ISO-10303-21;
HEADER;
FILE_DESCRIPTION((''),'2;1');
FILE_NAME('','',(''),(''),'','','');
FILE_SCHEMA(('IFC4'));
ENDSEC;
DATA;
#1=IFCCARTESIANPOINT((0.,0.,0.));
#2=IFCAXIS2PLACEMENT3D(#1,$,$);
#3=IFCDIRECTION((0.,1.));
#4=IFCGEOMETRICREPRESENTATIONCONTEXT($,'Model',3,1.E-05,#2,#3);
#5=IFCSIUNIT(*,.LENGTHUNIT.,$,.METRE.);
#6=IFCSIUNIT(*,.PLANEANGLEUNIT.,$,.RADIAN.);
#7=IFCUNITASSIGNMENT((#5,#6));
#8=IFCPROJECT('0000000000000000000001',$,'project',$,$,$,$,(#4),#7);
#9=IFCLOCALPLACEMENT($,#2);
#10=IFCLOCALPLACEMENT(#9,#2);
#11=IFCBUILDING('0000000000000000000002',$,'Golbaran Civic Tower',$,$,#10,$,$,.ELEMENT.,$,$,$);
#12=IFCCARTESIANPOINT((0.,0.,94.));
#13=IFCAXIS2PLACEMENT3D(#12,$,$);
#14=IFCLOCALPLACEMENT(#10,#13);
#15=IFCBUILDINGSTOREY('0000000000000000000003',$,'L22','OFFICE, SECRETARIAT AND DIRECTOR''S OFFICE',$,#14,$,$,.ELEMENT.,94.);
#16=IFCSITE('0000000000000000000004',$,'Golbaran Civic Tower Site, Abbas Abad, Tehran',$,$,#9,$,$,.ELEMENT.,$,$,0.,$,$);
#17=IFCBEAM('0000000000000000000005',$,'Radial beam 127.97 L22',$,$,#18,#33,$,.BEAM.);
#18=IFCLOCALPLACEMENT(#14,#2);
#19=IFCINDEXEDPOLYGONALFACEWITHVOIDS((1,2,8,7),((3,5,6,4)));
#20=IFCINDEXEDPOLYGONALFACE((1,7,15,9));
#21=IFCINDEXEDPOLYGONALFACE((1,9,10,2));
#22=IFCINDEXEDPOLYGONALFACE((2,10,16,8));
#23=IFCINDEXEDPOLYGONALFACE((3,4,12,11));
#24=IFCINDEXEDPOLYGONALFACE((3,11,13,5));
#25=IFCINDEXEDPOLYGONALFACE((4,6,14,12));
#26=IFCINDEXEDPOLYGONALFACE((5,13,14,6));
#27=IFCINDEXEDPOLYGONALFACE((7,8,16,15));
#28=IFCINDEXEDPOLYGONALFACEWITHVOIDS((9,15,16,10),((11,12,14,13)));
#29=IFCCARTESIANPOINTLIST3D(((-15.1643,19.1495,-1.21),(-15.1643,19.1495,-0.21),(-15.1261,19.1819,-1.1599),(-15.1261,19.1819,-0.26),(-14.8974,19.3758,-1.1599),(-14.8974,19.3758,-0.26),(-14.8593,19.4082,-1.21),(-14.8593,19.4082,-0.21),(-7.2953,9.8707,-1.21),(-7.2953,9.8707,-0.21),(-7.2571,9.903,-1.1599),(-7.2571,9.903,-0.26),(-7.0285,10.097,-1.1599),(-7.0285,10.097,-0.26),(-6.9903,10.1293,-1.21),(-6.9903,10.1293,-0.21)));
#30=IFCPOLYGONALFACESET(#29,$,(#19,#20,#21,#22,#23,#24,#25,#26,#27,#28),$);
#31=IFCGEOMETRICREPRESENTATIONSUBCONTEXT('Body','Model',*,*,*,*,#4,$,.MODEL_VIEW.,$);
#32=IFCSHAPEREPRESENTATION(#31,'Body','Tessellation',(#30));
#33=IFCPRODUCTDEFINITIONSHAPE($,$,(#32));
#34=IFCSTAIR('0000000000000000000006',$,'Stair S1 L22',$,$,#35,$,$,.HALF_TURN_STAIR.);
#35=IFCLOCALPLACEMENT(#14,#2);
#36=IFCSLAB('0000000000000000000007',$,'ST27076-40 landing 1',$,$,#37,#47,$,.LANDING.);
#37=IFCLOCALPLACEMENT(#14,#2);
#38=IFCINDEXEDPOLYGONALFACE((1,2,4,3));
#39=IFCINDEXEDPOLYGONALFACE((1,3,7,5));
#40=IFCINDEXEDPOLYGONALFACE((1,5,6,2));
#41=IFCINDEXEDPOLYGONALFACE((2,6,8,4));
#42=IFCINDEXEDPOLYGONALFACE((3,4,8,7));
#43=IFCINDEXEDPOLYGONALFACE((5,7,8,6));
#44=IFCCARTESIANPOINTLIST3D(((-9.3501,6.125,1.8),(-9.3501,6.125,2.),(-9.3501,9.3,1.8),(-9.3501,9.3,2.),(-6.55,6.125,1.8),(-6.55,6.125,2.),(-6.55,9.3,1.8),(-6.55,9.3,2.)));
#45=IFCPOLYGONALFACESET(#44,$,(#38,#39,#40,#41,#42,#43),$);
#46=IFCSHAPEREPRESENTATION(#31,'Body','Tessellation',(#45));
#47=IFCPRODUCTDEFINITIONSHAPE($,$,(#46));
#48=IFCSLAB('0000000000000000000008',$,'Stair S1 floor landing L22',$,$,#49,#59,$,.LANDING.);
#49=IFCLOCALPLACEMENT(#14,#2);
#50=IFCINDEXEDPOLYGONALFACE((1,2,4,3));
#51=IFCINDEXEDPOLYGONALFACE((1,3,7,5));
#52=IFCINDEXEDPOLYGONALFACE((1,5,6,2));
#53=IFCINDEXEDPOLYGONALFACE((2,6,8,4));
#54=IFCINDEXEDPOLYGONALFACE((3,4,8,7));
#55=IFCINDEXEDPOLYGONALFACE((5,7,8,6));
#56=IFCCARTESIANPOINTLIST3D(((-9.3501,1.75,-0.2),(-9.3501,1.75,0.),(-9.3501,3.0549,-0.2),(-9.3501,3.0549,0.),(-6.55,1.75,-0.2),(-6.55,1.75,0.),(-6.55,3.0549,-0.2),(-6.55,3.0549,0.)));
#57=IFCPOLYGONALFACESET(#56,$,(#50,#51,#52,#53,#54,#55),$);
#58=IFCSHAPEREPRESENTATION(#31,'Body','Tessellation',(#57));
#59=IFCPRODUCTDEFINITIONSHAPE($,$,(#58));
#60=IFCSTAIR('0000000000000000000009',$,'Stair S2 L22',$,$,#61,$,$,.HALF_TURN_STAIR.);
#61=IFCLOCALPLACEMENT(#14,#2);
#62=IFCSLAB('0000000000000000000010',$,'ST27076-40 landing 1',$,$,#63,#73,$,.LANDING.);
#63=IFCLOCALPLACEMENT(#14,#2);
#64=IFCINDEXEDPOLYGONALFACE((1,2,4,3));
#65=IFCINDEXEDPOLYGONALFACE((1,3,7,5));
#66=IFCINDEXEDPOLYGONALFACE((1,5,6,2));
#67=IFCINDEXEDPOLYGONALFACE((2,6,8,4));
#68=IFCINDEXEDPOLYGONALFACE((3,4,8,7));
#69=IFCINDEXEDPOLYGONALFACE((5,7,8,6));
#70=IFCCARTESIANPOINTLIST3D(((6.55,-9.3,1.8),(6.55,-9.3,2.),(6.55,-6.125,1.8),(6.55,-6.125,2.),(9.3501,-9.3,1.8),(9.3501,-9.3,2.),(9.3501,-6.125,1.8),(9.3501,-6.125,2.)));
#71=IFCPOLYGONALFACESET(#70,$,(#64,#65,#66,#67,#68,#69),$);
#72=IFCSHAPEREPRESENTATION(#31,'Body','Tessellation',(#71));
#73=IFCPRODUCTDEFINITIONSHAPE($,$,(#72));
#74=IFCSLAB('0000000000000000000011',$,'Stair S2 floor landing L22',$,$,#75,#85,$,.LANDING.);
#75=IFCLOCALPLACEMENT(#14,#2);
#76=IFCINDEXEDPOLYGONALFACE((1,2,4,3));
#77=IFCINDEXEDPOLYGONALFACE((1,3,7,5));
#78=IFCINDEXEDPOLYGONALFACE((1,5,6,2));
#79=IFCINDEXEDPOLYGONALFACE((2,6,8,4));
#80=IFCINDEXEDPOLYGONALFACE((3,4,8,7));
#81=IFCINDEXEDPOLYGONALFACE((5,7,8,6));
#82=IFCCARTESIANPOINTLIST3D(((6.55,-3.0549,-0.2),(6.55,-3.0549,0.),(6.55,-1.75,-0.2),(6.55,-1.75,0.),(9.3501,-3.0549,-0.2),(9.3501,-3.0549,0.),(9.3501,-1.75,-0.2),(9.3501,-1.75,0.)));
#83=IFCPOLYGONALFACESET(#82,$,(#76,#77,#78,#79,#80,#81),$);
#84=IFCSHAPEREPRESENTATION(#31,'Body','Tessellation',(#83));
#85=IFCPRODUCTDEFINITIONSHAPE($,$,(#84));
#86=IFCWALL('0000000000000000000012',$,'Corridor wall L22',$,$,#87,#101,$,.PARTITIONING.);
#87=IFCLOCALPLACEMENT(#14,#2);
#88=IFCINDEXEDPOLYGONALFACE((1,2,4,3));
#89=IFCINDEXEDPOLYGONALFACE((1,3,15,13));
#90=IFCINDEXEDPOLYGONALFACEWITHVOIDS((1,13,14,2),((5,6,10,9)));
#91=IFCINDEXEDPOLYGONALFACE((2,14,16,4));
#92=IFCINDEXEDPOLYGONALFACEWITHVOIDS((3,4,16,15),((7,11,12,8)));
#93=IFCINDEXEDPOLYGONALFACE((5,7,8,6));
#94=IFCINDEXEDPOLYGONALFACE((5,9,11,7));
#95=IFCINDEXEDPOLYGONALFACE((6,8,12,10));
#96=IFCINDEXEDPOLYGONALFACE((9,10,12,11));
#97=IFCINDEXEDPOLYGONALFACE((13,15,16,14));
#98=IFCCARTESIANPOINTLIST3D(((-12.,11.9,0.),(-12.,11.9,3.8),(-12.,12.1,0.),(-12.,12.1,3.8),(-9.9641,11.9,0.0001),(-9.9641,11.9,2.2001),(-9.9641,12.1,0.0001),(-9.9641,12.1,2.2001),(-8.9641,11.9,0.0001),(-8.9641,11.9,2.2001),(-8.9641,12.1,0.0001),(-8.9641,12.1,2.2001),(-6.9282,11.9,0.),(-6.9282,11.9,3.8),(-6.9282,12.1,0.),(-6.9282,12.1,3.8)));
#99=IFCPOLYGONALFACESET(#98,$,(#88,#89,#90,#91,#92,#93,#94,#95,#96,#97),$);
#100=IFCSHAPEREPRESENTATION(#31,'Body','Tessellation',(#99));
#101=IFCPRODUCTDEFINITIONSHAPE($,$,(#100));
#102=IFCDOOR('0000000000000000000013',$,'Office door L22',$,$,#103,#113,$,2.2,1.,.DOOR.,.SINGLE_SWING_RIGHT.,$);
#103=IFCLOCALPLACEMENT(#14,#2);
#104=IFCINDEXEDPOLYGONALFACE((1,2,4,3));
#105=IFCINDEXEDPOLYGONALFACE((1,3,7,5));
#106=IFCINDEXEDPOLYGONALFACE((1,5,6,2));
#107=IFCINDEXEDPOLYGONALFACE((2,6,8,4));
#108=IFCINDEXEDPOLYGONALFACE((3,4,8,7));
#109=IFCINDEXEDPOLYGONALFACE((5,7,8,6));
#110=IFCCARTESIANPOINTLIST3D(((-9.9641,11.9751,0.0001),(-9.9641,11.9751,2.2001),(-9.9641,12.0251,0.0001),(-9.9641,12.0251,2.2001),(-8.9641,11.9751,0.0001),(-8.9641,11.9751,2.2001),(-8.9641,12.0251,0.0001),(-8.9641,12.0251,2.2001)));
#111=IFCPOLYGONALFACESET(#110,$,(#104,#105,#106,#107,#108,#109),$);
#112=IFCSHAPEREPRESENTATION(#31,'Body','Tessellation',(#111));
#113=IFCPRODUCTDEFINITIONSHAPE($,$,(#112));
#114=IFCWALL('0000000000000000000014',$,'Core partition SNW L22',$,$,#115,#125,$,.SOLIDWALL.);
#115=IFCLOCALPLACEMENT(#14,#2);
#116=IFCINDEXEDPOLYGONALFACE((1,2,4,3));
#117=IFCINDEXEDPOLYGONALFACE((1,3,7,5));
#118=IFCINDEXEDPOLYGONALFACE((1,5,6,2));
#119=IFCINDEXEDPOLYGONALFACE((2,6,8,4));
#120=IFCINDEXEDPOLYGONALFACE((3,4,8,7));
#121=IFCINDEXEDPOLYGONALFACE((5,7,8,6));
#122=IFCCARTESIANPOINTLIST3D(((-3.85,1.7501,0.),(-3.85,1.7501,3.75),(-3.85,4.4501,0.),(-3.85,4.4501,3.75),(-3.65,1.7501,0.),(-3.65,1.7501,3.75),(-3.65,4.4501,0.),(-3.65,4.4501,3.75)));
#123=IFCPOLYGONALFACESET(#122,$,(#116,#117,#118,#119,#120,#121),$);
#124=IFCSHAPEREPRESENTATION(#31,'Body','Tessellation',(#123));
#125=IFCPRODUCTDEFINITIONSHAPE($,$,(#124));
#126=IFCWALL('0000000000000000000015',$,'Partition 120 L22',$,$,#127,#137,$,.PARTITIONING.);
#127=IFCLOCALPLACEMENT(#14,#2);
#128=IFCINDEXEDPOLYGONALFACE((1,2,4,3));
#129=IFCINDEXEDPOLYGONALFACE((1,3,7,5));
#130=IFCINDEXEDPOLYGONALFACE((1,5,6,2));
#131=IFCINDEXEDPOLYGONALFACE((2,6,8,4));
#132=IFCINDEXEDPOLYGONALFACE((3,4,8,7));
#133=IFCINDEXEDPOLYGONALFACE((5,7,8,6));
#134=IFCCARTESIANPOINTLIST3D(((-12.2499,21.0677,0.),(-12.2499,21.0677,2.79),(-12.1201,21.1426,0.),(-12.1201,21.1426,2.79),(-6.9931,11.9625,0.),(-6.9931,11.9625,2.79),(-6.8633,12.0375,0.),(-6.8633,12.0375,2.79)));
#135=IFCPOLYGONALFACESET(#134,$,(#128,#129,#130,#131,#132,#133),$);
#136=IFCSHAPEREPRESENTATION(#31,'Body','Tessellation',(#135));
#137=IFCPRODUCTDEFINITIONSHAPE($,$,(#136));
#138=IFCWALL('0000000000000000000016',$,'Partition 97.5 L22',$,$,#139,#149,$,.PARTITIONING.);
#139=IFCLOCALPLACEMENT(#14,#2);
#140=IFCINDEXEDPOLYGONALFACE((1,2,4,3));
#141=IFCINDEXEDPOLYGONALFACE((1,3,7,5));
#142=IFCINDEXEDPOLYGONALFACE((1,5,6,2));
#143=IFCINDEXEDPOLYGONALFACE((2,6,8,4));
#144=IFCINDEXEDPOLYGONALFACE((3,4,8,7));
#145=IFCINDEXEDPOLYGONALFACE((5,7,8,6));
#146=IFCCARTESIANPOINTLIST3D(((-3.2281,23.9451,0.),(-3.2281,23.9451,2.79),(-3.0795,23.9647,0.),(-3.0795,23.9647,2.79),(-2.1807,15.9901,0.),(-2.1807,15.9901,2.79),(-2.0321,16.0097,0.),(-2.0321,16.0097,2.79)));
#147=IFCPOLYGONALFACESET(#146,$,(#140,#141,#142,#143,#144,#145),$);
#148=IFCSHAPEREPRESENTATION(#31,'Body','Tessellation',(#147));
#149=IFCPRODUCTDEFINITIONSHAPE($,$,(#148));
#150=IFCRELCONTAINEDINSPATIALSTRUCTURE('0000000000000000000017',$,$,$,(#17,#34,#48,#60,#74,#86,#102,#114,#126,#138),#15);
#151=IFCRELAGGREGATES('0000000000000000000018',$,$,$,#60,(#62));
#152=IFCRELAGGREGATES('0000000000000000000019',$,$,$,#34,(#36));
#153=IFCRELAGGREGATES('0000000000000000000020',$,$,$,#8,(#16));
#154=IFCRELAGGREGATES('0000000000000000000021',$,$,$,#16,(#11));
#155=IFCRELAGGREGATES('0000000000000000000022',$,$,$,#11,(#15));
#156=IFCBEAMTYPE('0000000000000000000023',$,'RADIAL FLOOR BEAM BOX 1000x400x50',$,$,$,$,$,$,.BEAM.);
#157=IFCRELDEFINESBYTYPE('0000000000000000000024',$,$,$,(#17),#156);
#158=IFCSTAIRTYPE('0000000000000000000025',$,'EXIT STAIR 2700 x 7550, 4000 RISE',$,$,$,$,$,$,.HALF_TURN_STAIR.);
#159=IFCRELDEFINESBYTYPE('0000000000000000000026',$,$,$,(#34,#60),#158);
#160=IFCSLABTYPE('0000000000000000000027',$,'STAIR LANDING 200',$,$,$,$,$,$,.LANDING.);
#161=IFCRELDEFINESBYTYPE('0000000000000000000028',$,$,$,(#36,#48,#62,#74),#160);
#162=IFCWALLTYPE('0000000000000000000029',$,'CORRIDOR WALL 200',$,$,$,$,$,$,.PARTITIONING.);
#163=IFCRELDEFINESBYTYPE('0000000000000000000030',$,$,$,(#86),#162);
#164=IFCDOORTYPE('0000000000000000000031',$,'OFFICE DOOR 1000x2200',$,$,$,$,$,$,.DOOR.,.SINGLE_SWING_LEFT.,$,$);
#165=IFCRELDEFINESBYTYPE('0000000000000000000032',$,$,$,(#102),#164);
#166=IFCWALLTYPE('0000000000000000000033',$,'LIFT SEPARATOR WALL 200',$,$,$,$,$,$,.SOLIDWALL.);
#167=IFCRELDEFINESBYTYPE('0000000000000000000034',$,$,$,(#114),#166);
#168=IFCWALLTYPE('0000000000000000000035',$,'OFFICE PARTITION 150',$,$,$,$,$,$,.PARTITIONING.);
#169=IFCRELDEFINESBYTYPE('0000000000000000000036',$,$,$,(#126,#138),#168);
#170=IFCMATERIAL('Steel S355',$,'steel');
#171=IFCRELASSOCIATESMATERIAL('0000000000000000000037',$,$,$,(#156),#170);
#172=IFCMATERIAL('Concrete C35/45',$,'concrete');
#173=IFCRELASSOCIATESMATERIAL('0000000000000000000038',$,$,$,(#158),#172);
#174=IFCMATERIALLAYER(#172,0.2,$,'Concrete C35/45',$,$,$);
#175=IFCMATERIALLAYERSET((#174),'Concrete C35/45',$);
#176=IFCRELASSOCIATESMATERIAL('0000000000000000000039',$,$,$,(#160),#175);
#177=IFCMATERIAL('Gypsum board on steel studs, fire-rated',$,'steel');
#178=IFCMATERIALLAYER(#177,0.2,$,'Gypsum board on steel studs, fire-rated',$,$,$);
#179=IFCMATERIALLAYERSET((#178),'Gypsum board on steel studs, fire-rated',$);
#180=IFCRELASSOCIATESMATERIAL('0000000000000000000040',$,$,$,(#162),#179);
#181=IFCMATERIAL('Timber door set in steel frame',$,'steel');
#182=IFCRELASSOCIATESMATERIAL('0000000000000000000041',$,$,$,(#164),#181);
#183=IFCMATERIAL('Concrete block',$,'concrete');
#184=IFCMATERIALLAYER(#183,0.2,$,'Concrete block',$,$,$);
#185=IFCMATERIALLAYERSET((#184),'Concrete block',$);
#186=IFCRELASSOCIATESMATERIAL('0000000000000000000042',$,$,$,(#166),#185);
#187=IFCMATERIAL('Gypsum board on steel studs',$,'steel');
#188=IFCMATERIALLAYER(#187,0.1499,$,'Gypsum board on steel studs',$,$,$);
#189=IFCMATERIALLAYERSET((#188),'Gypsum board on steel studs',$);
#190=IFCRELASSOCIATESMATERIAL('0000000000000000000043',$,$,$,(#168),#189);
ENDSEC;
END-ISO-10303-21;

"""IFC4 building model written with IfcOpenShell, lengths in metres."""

from ifc_helpers import new_model, si_unit, direction, frame, frame_2d, origin, origin_2d, place, context, subcontext, project, spatial, polyline, rectangle, hollow_rectangle, outline, extrude, material, layer, layer_set, material_profile, profile_set, type_object, element, fill, aggregate, save


model = new_model("IFC4")

# Units and contexts
model_context = context("Model", 3, precision=1e-05, world=origin(), true_north=direction((0.0, 1.0)))
body_context = subcontext(model_context, "Body", "Model", "MODEL_VIEW")
ifc_project = project(units=[si_unit("LENGTHUNIT", "METRE"), si_unit("PLANEANGLEUNIT", "RADIAN")], contexts=[model_context])

# Site, building, storey
site_placement = place(None, origin())
site = spatial("IfcSite", under=ifc_project, at=site_placement, Name="Golbaran Civic Tower Site, Abbas Abad, Tehran", CompositionType="ELEMENT", RefElevation=0.0)
building_placement = place(site_placement, origin())
building = spatial("IfcBuilding", under=site, at=building_placement, Name="Golbaran Civic Tower", CompositionType="ELEMENT")
storey_placement = place(building_placement, frame((0.0, 0.0, 94.0)))
storey = spatial("IfcBuildingStorey", under=building, at=storey_placement, Name="L22", Description="OFFICE, SECRETARIAT AND DIRECTOR'S OFFICE", CompositionType="ELEMENT", Elevation=94.0)

# Beam
ifc_material_1 = material(Name="Steel S355", Category="steel")
ifc_material_profile_1 = material_profile(ifc_material_1, hollow_rectangle(XDim=0.3999, YDim=1.0, WallThickness=0.05, at=origin_2d()), Name="BOX 1000x400x50")
ifc_profile_set_1 = profile_set([ifc_material_profile_1], Name="Steel S355")
beam_type_1 = type_object("IfcBeamType", Name="RADIAL FLOOR BEAM BOX 1000x400x50", PredefinedType="BEAM", material=ifc_profile_set_1)
beam_1_placement = place(storey_placement, frame((-7.1428, 10.0, -0.71), z_axis=(-0.646785, 0.762673, 0.0), x_axis=(-0.762673, -0.646785, 0.0)))
element("IfcBeam", 1, at=beam_1_placement, inside=storey, type_object=beam_type_1, Name="Radial beam 127.97 L22", PredefinedType="BEAM", context=body_context, shape_type="SweptSolid", body=[
    extrude(hollow_rectangle(XDim=0.3999, YDim=1.0, WallThickness=0.05, at=origin_2d()), origin(), (0.0, 0.0, 1.0), 12.1663),
])

# Stair, slab
ifc_material_2 = material(Name="Concrete C35/45", Category="concrete")
stair_type = type_object("IfcStairType", Name="EXIT STAIR 2700 x 7550, 4000 RISE", PredefinedType="HALF_TURN_STAIR", material=ifc_material_2)
stair_1_placement = place(storey_placement, origin())
stair_1 = element("IfcStair", 2, at=stair_1_placement, inside=storey, type_object=stair_type, Name="Stair S1 L22", PredefinedType="HALF_TURN_STAIR")
ifc_layer_1 = layer(ifc_material_2, 0.2, Name="Concrete C35/45")
ifc_layer_set_1 = layer_set([ifc_layer_1], Name="Concrete C35/45")
slab_type = type_object("IfcSlabType", Name="STAIR LANDING 200", PredefinedType="LANDING", material=ifc_layer_set_1)
slab_1_placement = place(storey_placement, frame((0.0, 0.0, 1.8)))
slab_1 = element("IfcSlab", 3, at=slab_1_placement, type_object=slab_type, Name="ST27076-40 landing 1", PredefinedType="LANDING", context=body_context, shape_type="SweptSolid", body=[
    extrude(outline(polyline([(-9.3501, 6.125), (-9.3501, 9.3), (-6.55, 9.3), (-6.55, 6.125), (-9.3501, 6.125)])), origin(), (0.0, 0.0, 1.0), 0.2),
])

# Slab
slab_2_placement = place(storey_placement, frame((0.0, 0.0, -0.2)))
element("IfcSlab", 4, at=slab_2_placement, inside=storey, type_object=slab_type, Name="Stair S1 floor landing L22", PredefinedType="LANDING", context=body_context, shape_type="SweptSolid", body=[
    extrude(outline(polyline([(-9.3501, 1.75), (-9.3501, 3.0549), (-6.55, 3.0549), (-6.55, 1.75), (-9.3501, 1.75)])), origin(), (0.0, 0.0, 1.0), 0.2),
])

# Stair, slab
stair_2_placement = place(storey_placement, origin())
stair_2 = element("IfcStair", 5, at=stair_2_placement, inside=storey, type_object=stair_type, Name="Stair S2 L22", PredefinedType="HALF_TURN_STAIR")
slab_3_placement = place(storey_placement, frame((0.0, 0.0, 1.8)))
slab_3 = element("IfcSlab", 6, at=slab_3_placement, type_object=slab_type, Name="ST27076-40 landing 1", PredefinedType="LANDING", context=body_context, shape_type="SweptSolid", body=[
    extrude(outline(polyline([(9.3501, -6.125), (9.3501, -9.3), (6.55, -9.3), (6.55, -6.125), (9.3501, -6.125)])), origin(), (0.0, 0.0, 1.0), 0.2),
])
aggregate(stair_2, [slab_3])

# Slab
slab_4_placement = place(storey_placement, frame((0.0, 0.0, -0.2)))
element("IfcSlab", 7, at=slab_4_placement, inside=storey, type_object=slab_type, Name="Stair S2 floor landing L22", PredefinedType="LANDING", context=body_context, shape_type="SweptSolid", body=[
    extrude(outline(polyline([(9.3501, -1.75), (9.3501, -3.0549), (6.55, -3.0549), (6.55, -1.75), (9.3501, -1.75)])), origin(), (0.0, 0.0, 1.0), 0.2),
])

# Wall, opening, door
ifc_material_3 = material(Name="Gypsum board on steel studs, fire-rated", Category="steel")
ifc_layer_2 = layer(ifc_material_3, 0.2, Name="Gypsum board on steel studs, fire-rated")
ifc_layer_set_2 = layer_set([ifc_layer_2], Name="Gypsum board on steel studs, fire-rated")
wall_type_1 = type_object("IfcWallType", Name="CORRIDOR WALL 200", PredefinedType="PARTITIONING", material=ifc_layer_set_2)
wall_1_placement = place(storey_placement, frame((-6.9282, 12.0, 0.0), z_axis=(0.0, 0.0, 1.0), x_axis=(-1.0, 0.0, 0.0)))
wall_1 = element("IfcWall", 8, at=wall_1_placement, inside=storey, type_object=wall_type_1, Name="Corridor wall L22", PredefinedType="PARTITIONING", context=body_context, shape_type="SweptSolid", body=[
    extrude(rectangle(XDim=5.0718, YDim=0.2, at=frame_2d((2.5359, 0.0))), origin(), (0.0, 0.0, 1.0), 3.8),
])
opening_1_placement = place(wall_1_placement, frame((2.0359, 0.0, 0.0)))
opening_1 = element("IfcOpeningElement", 9, at=opening_1_placement, cuts=wall_1, PredefinedType="OPENING", context=body_context, shape_type="SweptSolid", body=[
    extrude(rectangle(XDim=1.0, YDim=2.2, at=frame_2d((0.5, 1.1001))), frame((0.0, 0.1099, 0.0), z_axis=(0.0, -1.0, 0.0), x_axis=(1.0, 0.0, 0.0)), (0.0, 0.0, 1.0), 0.22),
])
ifc_material_4 = material(Name="Timber door set in steel frame", Category="steel")
door_type_1 = type_object("IfcDoorType", Name="OFFICE DOOR 1000x2200", OperationType="SINGLE_SWING_LEFT", PredefinedType="DOOR", material=ifc_material_4)
door_1_placement = place(opening_1_placement, origin())
door_1 = element("IfcDoor", 10, at=door_1_placement, inside=storey, type_object=door_type_1, Name="Office door L22", OperationType="SINGLE_SWING_RIGHT", OverallHeight=2.2, OverallWidth=1.0, PredefinedType="DOOR", context=body_context, shape_type="SweptSolid", body=[
    extrude(rectangle(XDim=1.0, YDim=2.2, at=frame_2d((0.5, 1.1001))), frame((0.0, 0.0249, 0.0), z_axis=(0.0, -1.0, 0.0), x_axis=(1.0, 0.0, 0.0)), (0.0, 0.0, 1.0), 0.05),
])
fill(opening_1, door_1)

# Walls
ifc_material_5 = material(Name="Concrete block", Category="concrete")
ifc_layer_3 = layer(ifc_material_5, 0.2, Name="Concrete block")
ifc_layer_set_3 = layer_set([ifc_layer_3], Name="Concrete block")
wall_type_2 = type_object("IfcWallType", Name="LIFT SEPARATOR WALL 200", PredefinedType="SOLIDWALL", material=ifc_layer_set_3)
wall_2_placement = place(storey_placement, frame((-3.75, 1.75, 0.0), z_axis=(0.0, 0.0, 1.0), x_axis=(0.0, 1.0, 0.0)))
element("IfcWall", 11, at=wall_2_placement, inside=storey, type_object=wall_type_2, Name="Core partition SNW L22", PredefinedType="SOLIDWALL", context=body_context, shape_type="SweptSolid", body=[
    extrude(rectangle(XDim=2.7, YDim=0.2, at=frame_2d((1.3501, 0.0))), origin(), (0.0, 0.0, 1.0), 3.75),
])
ifc_material_6 = material(Name="Gypsum board on steel studs", Category="steel")
ifc_layer_4 = layer(ifc_material_6, 0.1499, Name="Gypsum board on steel studs")
ifc_layer_set_4 = layer_set([ifc_layer_4], Name="Gypsum board on steel studs")
wall_type_3 = type_object("IfcWallType", Name="OFFICE PARTITION 150", PredefinedType="PARTITIONING", material=ifc_layer_set_4)
wall_3_placement = place(storey_placement, frame((-6.9282, 12.0, 0.0), z_axis=(0.0, 0.0, 1.0), x_axis=(-0.499995, 0.866028, 0.0)))
element("IfcWall", 12, at=wall_3_placement, inside=storey, type_object=wall_type_3, Name="Partition 120 L22", PredefinedType="PARTITIONING", context=body_context, shape_type="SweptSolid", body=[
    extrude(rectangle(XDim=10.5137, YDim=0.1499, at=frame_2d((5.2568, 0.0))), origin(), (0.0, 0.0, 1.0), 2.79),
])
wall_4_placement = place(storey_placement, frame((-2.1064, 16.0, 0.0), z_axis=(0.0, 0.0, 1.0), x_axis=(-0.130533, 0.991444, 0.0)))
element("IfcWall", 13, at=wall_4_placement, inside=storey, type_object=wall_type_3, Name="Partition 97.5 L22", PredefinedType="PARTITIONING", context=body_context, shape_type="SweptSolid", body=[
    extrude(rectangle(XDim=8.0237, YDim=0.1499, at=frame_2d((4.0117, 0.0))), origin(), (0.0, 0.0, 1.0), 2.79),
])

aggregate(stair_1, [slab_1])

save(model, "model.ifc")
